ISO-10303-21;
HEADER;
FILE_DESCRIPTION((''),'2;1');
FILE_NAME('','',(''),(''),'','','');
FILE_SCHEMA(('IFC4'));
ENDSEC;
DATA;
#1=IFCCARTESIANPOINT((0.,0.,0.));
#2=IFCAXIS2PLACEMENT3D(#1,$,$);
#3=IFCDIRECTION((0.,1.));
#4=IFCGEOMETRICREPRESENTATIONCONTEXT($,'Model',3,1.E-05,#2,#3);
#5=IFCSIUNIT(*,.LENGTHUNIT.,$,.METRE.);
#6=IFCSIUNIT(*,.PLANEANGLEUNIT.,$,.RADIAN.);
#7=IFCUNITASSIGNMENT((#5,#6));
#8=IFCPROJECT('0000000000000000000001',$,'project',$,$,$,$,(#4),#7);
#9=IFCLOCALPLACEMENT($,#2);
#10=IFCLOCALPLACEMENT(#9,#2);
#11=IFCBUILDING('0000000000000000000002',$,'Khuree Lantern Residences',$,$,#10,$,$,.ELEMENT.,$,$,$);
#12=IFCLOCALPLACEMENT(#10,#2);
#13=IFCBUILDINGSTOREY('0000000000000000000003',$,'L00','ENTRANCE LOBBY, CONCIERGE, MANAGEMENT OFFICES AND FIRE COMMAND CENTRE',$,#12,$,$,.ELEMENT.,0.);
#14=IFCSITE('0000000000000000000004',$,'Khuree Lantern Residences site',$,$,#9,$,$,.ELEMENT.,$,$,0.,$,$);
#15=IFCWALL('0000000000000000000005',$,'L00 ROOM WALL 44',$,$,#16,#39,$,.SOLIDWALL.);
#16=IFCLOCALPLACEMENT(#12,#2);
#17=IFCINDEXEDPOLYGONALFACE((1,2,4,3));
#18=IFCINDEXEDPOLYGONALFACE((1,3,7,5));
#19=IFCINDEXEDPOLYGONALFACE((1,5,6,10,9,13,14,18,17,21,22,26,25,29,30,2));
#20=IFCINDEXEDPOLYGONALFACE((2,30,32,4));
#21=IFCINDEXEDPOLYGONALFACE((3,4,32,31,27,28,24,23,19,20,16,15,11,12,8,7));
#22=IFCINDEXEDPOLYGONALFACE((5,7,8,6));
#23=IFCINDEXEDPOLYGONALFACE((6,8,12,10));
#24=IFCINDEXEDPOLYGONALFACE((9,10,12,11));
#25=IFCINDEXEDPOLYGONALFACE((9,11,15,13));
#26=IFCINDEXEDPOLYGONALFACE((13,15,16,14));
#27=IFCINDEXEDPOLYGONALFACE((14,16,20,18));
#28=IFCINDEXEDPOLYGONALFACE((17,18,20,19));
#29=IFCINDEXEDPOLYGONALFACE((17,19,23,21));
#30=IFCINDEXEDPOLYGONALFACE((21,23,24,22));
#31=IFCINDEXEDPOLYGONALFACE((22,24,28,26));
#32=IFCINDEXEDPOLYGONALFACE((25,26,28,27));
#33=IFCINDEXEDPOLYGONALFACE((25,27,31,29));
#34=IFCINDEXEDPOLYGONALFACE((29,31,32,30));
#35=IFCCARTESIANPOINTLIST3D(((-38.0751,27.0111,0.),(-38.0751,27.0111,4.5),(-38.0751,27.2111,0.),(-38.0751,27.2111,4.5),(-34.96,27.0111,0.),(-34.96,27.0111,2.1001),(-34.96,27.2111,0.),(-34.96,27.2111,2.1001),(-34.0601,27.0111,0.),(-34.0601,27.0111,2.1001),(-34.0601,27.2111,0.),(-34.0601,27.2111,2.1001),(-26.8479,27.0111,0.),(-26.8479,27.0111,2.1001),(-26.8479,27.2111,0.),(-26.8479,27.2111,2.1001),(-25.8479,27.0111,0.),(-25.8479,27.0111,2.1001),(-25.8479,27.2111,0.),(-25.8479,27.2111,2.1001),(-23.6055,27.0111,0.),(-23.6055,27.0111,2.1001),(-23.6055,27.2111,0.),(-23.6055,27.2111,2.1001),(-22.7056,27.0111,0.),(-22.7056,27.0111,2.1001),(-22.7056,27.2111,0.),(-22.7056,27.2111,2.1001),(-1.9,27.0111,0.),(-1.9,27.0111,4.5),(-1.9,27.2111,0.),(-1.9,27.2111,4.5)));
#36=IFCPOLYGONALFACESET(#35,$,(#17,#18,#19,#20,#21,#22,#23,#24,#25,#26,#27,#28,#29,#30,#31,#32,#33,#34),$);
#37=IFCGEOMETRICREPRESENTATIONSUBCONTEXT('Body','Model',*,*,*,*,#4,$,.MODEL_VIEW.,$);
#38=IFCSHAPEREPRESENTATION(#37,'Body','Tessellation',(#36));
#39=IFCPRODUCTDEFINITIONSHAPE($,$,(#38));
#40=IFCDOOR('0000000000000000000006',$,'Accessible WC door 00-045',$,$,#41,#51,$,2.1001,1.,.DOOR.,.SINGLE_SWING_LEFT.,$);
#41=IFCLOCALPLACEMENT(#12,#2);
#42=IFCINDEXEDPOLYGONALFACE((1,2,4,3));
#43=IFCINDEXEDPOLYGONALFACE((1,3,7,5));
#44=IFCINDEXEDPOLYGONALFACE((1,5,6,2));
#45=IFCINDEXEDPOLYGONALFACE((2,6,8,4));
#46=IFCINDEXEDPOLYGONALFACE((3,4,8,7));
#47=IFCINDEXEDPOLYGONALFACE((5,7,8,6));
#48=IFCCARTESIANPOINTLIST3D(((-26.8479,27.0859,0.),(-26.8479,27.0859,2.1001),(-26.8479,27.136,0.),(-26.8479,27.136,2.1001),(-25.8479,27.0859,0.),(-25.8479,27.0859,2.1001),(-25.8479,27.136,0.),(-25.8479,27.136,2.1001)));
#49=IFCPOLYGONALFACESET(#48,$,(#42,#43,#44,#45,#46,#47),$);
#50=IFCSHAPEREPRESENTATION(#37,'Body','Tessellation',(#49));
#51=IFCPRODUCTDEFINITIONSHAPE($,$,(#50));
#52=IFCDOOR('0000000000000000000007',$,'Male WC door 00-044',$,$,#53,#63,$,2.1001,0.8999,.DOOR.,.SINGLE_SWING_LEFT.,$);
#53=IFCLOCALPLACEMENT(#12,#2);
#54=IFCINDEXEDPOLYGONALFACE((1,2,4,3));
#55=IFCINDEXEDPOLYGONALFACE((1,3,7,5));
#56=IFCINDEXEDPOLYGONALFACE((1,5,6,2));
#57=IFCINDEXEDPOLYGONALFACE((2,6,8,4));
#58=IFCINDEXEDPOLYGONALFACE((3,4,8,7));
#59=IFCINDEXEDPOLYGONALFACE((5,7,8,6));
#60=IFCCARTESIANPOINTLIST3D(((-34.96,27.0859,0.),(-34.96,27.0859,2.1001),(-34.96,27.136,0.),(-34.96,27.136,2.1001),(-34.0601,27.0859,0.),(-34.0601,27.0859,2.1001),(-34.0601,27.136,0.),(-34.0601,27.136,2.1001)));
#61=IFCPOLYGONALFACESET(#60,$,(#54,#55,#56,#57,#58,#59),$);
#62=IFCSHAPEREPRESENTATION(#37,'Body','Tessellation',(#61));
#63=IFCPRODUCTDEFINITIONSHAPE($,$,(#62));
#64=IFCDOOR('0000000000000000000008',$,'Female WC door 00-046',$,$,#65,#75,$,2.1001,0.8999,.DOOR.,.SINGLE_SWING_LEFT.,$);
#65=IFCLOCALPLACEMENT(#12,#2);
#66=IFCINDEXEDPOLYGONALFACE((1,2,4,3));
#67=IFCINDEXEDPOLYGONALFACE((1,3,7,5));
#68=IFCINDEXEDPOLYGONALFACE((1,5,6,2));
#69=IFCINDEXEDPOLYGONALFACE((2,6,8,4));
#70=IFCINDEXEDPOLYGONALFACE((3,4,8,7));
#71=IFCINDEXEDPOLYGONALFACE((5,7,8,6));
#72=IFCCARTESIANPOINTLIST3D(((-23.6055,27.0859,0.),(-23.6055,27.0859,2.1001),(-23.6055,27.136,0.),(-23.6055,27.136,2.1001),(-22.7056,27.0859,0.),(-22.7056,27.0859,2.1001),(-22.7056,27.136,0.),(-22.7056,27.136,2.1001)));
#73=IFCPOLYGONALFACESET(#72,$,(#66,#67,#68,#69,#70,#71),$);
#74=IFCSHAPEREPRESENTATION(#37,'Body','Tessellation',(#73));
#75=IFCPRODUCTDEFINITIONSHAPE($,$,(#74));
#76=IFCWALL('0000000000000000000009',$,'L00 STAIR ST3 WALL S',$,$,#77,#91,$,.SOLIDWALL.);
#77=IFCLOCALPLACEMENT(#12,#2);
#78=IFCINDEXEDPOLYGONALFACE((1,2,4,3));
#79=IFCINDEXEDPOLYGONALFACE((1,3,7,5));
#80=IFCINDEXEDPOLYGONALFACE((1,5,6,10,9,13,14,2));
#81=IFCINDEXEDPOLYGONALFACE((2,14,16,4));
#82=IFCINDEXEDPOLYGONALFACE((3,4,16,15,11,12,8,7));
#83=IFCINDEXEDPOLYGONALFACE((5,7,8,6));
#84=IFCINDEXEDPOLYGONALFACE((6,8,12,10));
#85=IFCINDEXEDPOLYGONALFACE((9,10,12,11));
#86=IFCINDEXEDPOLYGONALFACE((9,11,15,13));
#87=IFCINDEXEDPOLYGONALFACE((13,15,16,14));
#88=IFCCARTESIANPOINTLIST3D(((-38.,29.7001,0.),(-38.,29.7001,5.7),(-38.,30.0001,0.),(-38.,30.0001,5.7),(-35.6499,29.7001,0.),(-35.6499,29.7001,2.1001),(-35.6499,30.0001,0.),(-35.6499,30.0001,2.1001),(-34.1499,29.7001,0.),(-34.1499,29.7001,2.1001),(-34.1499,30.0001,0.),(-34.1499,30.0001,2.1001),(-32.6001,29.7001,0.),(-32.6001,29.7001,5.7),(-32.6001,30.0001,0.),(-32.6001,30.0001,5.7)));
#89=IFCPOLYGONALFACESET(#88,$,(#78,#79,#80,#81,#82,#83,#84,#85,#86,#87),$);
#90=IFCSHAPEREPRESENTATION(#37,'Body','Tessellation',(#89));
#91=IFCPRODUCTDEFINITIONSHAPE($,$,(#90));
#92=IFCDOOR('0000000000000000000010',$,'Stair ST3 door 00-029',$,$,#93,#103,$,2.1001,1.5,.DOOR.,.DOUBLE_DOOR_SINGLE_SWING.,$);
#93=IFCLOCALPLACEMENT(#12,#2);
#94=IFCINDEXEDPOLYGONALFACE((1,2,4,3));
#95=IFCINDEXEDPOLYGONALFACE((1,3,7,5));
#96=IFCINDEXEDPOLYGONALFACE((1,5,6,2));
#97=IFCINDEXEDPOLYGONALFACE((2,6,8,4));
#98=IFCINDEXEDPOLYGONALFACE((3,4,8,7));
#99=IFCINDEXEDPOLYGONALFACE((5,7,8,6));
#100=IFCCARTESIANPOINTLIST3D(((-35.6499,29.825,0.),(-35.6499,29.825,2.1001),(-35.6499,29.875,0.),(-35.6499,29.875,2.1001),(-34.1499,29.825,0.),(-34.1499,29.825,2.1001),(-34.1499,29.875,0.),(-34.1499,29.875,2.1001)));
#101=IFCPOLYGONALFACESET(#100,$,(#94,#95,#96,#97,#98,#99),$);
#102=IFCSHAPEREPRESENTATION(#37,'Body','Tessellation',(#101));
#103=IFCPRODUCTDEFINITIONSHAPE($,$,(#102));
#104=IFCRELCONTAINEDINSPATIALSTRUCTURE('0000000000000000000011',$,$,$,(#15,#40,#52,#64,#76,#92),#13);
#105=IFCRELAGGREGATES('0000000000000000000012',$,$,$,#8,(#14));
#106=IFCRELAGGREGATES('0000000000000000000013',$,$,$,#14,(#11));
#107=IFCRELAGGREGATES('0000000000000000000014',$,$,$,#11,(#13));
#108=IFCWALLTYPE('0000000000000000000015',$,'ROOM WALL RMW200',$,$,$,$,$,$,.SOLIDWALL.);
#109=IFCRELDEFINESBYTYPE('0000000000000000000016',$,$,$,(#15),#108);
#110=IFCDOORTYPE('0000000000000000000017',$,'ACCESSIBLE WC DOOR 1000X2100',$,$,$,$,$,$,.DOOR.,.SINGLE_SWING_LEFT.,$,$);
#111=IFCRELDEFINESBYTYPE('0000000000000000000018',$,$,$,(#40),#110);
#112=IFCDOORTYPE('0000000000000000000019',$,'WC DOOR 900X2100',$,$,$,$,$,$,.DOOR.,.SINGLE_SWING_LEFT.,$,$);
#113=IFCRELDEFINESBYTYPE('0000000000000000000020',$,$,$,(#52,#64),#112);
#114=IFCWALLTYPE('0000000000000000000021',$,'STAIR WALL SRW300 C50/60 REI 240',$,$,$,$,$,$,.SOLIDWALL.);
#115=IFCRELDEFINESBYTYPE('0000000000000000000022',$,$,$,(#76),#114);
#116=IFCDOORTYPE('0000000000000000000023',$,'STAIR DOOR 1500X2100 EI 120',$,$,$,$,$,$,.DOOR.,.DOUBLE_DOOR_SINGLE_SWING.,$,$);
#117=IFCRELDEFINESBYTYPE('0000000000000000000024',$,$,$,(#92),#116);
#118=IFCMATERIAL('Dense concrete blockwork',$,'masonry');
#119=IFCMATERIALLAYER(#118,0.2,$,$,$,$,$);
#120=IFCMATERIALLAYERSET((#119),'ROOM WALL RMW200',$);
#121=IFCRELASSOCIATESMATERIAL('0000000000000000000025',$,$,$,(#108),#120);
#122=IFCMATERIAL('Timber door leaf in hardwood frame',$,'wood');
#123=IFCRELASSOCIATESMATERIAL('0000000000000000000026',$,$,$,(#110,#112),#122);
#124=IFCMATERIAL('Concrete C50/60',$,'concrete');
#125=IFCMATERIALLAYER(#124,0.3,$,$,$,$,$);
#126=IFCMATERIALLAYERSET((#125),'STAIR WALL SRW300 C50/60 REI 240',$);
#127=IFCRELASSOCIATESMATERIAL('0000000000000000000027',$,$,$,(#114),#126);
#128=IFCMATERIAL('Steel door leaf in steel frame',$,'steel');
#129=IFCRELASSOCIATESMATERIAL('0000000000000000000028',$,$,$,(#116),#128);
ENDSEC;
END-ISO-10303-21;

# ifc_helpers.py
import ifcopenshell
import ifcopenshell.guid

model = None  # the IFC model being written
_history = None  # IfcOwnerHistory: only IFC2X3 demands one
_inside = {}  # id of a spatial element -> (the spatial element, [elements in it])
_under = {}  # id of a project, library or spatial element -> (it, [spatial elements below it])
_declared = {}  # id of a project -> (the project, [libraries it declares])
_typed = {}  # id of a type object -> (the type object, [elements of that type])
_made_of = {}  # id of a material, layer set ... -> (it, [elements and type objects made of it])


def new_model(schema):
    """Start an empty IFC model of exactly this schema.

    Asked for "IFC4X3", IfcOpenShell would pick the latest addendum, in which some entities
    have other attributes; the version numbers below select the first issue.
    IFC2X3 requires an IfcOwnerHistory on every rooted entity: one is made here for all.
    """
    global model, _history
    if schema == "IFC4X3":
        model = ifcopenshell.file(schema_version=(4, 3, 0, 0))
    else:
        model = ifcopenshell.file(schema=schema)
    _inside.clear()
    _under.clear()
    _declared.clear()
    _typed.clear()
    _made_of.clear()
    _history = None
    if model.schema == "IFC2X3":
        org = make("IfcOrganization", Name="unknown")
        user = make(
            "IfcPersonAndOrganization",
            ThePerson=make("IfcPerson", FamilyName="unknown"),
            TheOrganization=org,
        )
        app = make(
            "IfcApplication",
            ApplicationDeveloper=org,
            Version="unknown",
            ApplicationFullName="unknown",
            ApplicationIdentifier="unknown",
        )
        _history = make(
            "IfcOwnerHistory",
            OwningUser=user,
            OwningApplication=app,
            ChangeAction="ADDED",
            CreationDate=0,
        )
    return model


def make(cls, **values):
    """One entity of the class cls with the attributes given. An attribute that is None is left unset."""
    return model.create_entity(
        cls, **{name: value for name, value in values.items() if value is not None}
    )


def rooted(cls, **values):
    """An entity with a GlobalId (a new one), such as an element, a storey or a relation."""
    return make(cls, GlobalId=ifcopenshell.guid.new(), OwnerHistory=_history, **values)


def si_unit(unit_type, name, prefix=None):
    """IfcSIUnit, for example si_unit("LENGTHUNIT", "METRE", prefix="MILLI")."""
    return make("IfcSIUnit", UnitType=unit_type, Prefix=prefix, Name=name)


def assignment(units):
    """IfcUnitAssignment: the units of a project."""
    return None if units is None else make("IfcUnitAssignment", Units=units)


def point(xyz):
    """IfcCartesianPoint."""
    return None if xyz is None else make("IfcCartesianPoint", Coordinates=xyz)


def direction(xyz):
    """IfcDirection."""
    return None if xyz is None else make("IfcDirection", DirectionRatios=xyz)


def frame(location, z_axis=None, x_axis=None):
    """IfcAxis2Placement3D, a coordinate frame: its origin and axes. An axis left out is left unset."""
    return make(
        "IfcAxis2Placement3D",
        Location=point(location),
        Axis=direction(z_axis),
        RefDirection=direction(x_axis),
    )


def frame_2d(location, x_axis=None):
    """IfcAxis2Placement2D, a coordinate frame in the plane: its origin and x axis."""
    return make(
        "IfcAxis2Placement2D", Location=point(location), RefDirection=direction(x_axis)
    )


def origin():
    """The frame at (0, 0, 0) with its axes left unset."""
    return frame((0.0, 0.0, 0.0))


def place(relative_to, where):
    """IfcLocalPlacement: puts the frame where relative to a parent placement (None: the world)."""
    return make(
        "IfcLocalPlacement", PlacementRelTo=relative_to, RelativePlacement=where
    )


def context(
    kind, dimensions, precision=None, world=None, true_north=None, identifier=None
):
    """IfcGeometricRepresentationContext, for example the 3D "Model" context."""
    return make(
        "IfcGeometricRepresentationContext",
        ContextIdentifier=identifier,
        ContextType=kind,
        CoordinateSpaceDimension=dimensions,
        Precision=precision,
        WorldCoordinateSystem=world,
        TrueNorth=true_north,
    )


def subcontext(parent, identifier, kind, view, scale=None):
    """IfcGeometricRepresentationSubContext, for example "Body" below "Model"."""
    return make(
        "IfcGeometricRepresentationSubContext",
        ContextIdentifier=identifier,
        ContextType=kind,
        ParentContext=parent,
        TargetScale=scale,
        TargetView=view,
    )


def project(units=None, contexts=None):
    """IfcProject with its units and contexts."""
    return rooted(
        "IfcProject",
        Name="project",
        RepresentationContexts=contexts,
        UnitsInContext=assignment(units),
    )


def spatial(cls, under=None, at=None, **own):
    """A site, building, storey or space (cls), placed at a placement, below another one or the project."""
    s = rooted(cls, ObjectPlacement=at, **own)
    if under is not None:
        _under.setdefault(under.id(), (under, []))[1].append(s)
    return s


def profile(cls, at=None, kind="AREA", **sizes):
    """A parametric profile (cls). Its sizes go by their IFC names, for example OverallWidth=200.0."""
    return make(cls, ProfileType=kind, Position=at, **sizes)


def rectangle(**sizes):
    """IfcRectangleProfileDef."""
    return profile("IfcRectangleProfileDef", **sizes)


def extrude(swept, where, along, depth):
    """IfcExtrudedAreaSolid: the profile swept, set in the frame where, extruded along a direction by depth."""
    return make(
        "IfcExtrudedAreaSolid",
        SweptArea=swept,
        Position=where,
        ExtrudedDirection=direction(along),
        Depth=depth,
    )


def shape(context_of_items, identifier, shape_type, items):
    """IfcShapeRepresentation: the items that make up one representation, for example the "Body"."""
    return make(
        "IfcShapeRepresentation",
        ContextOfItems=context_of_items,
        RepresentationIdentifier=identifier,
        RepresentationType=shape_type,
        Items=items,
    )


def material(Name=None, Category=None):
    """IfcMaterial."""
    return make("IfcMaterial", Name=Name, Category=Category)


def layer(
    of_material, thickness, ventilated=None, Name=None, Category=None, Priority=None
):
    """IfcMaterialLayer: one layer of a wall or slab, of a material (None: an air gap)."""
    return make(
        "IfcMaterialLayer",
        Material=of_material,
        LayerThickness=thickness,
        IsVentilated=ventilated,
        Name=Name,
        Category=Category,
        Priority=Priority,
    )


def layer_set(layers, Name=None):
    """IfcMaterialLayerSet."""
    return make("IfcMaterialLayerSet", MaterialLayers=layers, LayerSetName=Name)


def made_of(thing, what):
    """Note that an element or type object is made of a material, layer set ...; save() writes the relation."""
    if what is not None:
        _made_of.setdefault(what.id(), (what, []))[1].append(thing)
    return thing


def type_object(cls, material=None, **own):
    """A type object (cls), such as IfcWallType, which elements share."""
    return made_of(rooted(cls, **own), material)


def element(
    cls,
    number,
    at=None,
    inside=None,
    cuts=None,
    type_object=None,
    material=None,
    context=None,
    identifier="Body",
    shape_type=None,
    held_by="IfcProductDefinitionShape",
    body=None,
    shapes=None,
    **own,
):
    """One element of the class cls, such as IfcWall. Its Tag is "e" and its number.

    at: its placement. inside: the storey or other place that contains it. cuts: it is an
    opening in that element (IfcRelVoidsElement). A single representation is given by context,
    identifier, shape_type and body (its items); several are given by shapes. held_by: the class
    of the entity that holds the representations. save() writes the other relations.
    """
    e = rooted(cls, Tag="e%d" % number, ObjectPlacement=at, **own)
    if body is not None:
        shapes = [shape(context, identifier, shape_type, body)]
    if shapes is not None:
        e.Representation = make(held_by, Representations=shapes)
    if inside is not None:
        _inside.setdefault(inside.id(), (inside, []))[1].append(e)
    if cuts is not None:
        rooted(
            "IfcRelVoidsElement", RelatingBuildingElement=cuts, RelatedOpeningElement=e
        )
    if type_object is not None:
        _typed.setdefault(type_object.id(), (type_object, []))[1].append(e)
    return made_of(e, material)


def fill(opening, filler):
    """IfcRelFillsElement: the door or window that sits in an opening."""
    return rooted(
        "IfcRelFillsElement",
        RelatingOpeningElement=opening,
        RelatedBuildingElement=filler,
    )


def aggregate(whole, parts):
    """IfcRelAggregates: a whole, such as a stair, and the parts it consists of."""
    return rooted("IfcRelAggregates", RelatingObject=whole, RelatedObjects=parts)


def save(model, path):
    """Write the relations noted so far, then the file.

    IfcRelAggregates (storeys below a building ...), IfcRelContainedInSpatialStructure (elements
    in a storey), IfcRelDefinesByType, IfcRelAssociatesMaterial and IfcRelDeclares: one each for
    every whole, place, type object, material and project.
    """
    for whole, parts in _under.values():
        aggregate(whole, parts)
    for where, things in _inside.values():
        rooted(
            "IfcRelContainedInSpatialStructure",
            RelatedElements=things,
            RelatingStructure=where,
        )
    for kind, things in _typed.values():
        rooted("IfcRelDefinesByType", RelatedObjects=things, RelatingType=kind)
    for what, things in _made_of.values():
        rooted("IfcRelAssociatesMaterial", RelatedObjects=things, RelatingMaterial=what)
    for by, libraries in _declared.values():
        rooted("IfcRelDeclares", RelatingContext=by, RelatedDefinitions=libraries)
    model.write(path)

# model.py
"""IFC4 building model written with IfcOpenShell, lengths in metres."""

from ifc_helpers import new_model, si_unit, direction, frame, frame_2d, origin, place, context, subcontext, project, spatial, rectangle, extrude, material, layer, layer_set, type_object, element, fill, save


model = new_model("IFC4")

# Units and contexts
model_context = context("Model", 3, precision=1e-05, world=origin(), true_north=direction((0.0, 1.0)))
body_context = subcontext(model_context, "Body", "Model", "MODEL_VIEW")
ifc_project = project(units=[si_unit("LENGTHUNIT", "METRE"), si_unit("PLANEANGLEUNIT", "RADIAN")], contexts=[model_context])

# Site, building, storey
site_placement = place(None, origin())
site = spatial("IfcSite", under=ifc_project, at=site_placement, Name="Khuree Lantern Residences site", CompositionType="ELEMENT", RefElevation=0.0)
building_placement = place(site_placement, origin())
building = spatial("IfcBuilding", under=site, at=building_placement, Name="Khuree Lantern Residences", CompositionType="ELEMENT")
storey_placement = place(building_placement, origin())
storey = spatial("IfcBuildingStorey", under=building, at=storey_placement, Name="L00", Description="ENTRANCE LOBBY, CONCIERGE, MANAGEMENT OFFICES AND FIRE COMMAND CENTRE", CompositionType="ELEMENT", Elevation=0.0)

# Shared definitions
ifc_material_1 = material(Name="Dense concrete blockwork", Category="masonry")
ifc_layer_1 = layer(ifc_material_1, 0.2)
ifc_layer_set_1 = layer_set([ifc_layer_1], Name="ROOM WALL RMW200")
wall_type_1 = type_object("IfcWallType", Name="ROOM WALL RMW200", PredefinedType="SOLIDWALL", material=ifc_layer_set_1)

# Wall, openings, doors
wall_1_placement = place(storey_placement, frame((-38.075, 27.1111, 0.0), z_axis=(0.0, 0.0, 1.0), x_axis=(1.0, 0.0, 0.0)))
wall_1 = element("IfcWall", 1, at=wall_1_placement, inside=storey, type_object=wall_type_1, Name="L00 ROOM WALL 44", PredefinedType="SOLIDWALL", context=body_context, shape_type="SweptSolid", body=[
    extrude(rectangle(XDim=36.175, YDim=0.2, at=frame_2d((18.0874, 0.0))), origin(), (0.0, 0.0, 1.0), 4.5),
])
opening_1_placement = place(wall_1_placement, frame((3.115, 0.0, 0.0)))
opening_1 = element("IfcOpeningElement", 2, at=opening_1_placement, cuts=wall_1, PredefinedType="OPENING", context=body_context, shape_type="SweptSolid", body=[
    extrude(rectangle(XDim=0.8999, YDim=2.1001, at=frame_2d((0.45, 1.05))), frame((0.0, 0.1099, 0.0), z_axis=(0.0, -1.0, 0.0), x_axis=(1.0, 0.0, 0.0)), (0.0, 0.0, 1.0), 0.22),
])
opening_2_placement = place(wall_1_placement, frame((11.2271, 0.0, 0.0)))
opening_2 = element("IfcOpeningElement", 3, at=opening_2_placement, cuts=wall_1, PredefinedType="OPENING", context=body_context, shape_type="SweptSolid", body=[
    extrude(rectangle(XDim=1.0, YDim=2.1001, at=frame_2d((0.5, 1.05))), frame((0.0, 0.1099, 0.0), z_axis=(0.0, -1.0, 0.0), x_axis=(1.0, 0.0, 0.0)), (0.0, 0.0, 1.0), 0.22),
])
opening_3_placement = place(wall_1_placement, frame((14.4695, 0.0, 0.0)))
opening_3 = element("IfcOpeningElement", 4, at=opening_3_placement, cuts=wall_1, PredefinedType="OPENING", context=body_context, shape_type="SweptSolid", body=[
    extrude(rectangle(XDim=0.8999, YDim=2.1001, at=frame_2d((0.45, 1.05))), frame((0.0, 0.1099, 0.0), z_axis=(0.0, -1.0, 0.0), x_axis=(1.0, 0.0, 0.0)), (0.0, 0.0, 1.0), 0.22),
])
ifc_material_2 = material(Name="Timber door leaf in hardwood frame", Category="wood")
door_type_1 = type_object("IfcDoorType", Name="ACCESSIBLE WC DOOR 1000X2100", OperationType="SINGLE_SWING_LEFT", PredefinedType="DOOR", material=ifc_material_2)
door_1_placement = place(opening_2_placement, origin())
door_1 = element("IfcDoor", 5, at=door_1_placement, inside=storey, type_object=door_type_1, Name="Accessible WC door 00-045", OperationType="SINGLE_SWING_LEFT", OverallHeight=2.1001, OverallWidth=1.0, PredefinedType="DOOR", context=body_context, shape_type="SweptSolid", body=[
    extrude(rectangle(XDim=1.0, YDim=2.1001, at=frame_2d((0.5, 1.05))), frame((0.0, 0.0249, 0.0), z_axis=(0.0, -1.0, 0.0), x_axis=(1.0, 0.0, 0.0)), (0.0, 0.0, 1.0), 0.05),
])
fill(opening_2, door_1)
door_type_2 = type_object("IfcDoorType", Name="WC DOOR 900X2100", OperationType="SINGLE_SWING_LEFT", PredefinedType="DOOR", material=ifc_material_2)
door_2_placement = place(opening_1_placement, origin())
door_2 = element("IfcDoor", 6, at=door_2_placement, inside=storey, type_object=door_type_2, Name="Male WC door 00-044", OperationType="SINGLE_SWING_LEFT", OverallHeight=2.1001, OverallWidth=0.8999, PredefinedType="DOOR", context=body_context, shape_type="SweptSolid", body=[
    extrude(rectangle(XDim=0.8999, YDim=2.1001, at=frame_2d((0.45, 1.05))), frame((0.0, 0.0249, 0.0), z_axis=(0.0, -1.0, 0.0), x_axis=(1.0, 0.0, 0.0)), (0.0, 0.0, 1.0), 0.05),
])
fill(opening_1, door_2)
door_3_placement = place(opening_3_placement, origin())
door_3 = element("IfcDoor", 7, at=door_3_placement, inside=storey, type_object=door_type_2, Name="Female WC door 00-046", OperationType="SINGLE_SWING_LEFT", OverallHeight=2.1001, OverallWidth=0.8999, PredefinedType="DOOR", context=body_context, shape_type="SweptSolid", body=[
    extrude(rectangle(XDim=0.8999, YDim=2.1001, at=frame_2d((0.45, 1.05))), frame((0.0, 0.0249, 0.0), z_axis=(0.0, -1.0, 0.0), x_axis=(1.0, 0.0, 0.0)), (0.0, 0.0, 1.0), 0.05),
])
fill(opening_3, door_3)

# Wall, opening, door
ifc_material_3 = material(Name="Concrete C50/60", Category="concrete")
ifc_layer_2 = layer(ifc_material_3, 0.3)
ifc_layer_set_2 = layer_set([ifc_layer_2], Name="STAIR WALL SRW300 C50/60 REI 240")
wall_type_2 = type_object("IfcWallType", Name="STAIR WALL SRW300 C50/60 REI 240", PredefinedType="SOLIDWALL", material=ifc_layer_set_2)
wall_2_placement = place(storey_placement, frame((-38.0, 29.8501, 0.0), z_axis=(0.0, 0.0, 1.0), x_axis=(1.0, 0.0, 0.0)))
wall_2 = element("IfcWall", 8, at=wall_2_placement, inside=storey, type_object=wall_type_2, Name="L00 STAIR ST3 WALL S", PredefinedType="SOLIDWALL", context=body_context, shape_type="SweptSolid", body=[
    extrude(rectangle(XDim=5.3999, YDim=0.3, at=frame_2d((2.7, 0.0))), origin(), (0.0, 0.0, 1.0), 5.7),
])
opening_4_placement = place(wall_2_placement, frame((2.3501, 0.0, 0.0)))
opening_4 = element("IfcOpeningElement", 9, at=opening_4_placement, cuts=wall_2, PredefinedType="OPENING", context=body_context, shape_type="SweptSolid", body=[
    extrude(rectangle(XDim=1.5, YDim=2.1001, at=frame_2d((0.75, 1.05))), frame((0.0, 0.1602, 0.0), z_axis=(0.0, -1.0, 0.0), x_axis=(1.0, 0.0, 0.0)), (0.0, 0.0, 1.0), 0.3201),
])
ifc_material_4 = material(Name="Steel door leaf in steel frame", Category="steel")
door_type_3 = type_object("IfcDoorType", Name="STAIR DOOR 1500X2100 EI 120", OperationType="DOUBLE_DOOR_SINGLE_SWING", PredefinedType="DOOR", material=ifc_material_4)
door_4_placement = place(opening_4_placement, origin())
door_4 = element("IfcDoor", 10, at=door_4_placement, inside=storey, type_object=door_type_3, Name="Stair ST3 door 00-029", OperationType="DOUBLE_DOOR_SINGLE_SWING", OverallHeight=2.1001, OverallWidth=1.5, PredefinedType="DOOR", context=body_context, shape_type="SweptSolid", body=[
    extrude(rectangle(XDim=1.5, YDim=2.1001, at=frame_2d((0.75, 1.05))), frame((0.0, 0.0249, 0.0), z_axis=(0.0, -1.0, 0.0), x_axis=(1.0, 0.0, 0.0)), (0.0, 0.0, 1.0), 0.05),
])
fill(opening_4, door_4)

save(model, "model.ifc")
